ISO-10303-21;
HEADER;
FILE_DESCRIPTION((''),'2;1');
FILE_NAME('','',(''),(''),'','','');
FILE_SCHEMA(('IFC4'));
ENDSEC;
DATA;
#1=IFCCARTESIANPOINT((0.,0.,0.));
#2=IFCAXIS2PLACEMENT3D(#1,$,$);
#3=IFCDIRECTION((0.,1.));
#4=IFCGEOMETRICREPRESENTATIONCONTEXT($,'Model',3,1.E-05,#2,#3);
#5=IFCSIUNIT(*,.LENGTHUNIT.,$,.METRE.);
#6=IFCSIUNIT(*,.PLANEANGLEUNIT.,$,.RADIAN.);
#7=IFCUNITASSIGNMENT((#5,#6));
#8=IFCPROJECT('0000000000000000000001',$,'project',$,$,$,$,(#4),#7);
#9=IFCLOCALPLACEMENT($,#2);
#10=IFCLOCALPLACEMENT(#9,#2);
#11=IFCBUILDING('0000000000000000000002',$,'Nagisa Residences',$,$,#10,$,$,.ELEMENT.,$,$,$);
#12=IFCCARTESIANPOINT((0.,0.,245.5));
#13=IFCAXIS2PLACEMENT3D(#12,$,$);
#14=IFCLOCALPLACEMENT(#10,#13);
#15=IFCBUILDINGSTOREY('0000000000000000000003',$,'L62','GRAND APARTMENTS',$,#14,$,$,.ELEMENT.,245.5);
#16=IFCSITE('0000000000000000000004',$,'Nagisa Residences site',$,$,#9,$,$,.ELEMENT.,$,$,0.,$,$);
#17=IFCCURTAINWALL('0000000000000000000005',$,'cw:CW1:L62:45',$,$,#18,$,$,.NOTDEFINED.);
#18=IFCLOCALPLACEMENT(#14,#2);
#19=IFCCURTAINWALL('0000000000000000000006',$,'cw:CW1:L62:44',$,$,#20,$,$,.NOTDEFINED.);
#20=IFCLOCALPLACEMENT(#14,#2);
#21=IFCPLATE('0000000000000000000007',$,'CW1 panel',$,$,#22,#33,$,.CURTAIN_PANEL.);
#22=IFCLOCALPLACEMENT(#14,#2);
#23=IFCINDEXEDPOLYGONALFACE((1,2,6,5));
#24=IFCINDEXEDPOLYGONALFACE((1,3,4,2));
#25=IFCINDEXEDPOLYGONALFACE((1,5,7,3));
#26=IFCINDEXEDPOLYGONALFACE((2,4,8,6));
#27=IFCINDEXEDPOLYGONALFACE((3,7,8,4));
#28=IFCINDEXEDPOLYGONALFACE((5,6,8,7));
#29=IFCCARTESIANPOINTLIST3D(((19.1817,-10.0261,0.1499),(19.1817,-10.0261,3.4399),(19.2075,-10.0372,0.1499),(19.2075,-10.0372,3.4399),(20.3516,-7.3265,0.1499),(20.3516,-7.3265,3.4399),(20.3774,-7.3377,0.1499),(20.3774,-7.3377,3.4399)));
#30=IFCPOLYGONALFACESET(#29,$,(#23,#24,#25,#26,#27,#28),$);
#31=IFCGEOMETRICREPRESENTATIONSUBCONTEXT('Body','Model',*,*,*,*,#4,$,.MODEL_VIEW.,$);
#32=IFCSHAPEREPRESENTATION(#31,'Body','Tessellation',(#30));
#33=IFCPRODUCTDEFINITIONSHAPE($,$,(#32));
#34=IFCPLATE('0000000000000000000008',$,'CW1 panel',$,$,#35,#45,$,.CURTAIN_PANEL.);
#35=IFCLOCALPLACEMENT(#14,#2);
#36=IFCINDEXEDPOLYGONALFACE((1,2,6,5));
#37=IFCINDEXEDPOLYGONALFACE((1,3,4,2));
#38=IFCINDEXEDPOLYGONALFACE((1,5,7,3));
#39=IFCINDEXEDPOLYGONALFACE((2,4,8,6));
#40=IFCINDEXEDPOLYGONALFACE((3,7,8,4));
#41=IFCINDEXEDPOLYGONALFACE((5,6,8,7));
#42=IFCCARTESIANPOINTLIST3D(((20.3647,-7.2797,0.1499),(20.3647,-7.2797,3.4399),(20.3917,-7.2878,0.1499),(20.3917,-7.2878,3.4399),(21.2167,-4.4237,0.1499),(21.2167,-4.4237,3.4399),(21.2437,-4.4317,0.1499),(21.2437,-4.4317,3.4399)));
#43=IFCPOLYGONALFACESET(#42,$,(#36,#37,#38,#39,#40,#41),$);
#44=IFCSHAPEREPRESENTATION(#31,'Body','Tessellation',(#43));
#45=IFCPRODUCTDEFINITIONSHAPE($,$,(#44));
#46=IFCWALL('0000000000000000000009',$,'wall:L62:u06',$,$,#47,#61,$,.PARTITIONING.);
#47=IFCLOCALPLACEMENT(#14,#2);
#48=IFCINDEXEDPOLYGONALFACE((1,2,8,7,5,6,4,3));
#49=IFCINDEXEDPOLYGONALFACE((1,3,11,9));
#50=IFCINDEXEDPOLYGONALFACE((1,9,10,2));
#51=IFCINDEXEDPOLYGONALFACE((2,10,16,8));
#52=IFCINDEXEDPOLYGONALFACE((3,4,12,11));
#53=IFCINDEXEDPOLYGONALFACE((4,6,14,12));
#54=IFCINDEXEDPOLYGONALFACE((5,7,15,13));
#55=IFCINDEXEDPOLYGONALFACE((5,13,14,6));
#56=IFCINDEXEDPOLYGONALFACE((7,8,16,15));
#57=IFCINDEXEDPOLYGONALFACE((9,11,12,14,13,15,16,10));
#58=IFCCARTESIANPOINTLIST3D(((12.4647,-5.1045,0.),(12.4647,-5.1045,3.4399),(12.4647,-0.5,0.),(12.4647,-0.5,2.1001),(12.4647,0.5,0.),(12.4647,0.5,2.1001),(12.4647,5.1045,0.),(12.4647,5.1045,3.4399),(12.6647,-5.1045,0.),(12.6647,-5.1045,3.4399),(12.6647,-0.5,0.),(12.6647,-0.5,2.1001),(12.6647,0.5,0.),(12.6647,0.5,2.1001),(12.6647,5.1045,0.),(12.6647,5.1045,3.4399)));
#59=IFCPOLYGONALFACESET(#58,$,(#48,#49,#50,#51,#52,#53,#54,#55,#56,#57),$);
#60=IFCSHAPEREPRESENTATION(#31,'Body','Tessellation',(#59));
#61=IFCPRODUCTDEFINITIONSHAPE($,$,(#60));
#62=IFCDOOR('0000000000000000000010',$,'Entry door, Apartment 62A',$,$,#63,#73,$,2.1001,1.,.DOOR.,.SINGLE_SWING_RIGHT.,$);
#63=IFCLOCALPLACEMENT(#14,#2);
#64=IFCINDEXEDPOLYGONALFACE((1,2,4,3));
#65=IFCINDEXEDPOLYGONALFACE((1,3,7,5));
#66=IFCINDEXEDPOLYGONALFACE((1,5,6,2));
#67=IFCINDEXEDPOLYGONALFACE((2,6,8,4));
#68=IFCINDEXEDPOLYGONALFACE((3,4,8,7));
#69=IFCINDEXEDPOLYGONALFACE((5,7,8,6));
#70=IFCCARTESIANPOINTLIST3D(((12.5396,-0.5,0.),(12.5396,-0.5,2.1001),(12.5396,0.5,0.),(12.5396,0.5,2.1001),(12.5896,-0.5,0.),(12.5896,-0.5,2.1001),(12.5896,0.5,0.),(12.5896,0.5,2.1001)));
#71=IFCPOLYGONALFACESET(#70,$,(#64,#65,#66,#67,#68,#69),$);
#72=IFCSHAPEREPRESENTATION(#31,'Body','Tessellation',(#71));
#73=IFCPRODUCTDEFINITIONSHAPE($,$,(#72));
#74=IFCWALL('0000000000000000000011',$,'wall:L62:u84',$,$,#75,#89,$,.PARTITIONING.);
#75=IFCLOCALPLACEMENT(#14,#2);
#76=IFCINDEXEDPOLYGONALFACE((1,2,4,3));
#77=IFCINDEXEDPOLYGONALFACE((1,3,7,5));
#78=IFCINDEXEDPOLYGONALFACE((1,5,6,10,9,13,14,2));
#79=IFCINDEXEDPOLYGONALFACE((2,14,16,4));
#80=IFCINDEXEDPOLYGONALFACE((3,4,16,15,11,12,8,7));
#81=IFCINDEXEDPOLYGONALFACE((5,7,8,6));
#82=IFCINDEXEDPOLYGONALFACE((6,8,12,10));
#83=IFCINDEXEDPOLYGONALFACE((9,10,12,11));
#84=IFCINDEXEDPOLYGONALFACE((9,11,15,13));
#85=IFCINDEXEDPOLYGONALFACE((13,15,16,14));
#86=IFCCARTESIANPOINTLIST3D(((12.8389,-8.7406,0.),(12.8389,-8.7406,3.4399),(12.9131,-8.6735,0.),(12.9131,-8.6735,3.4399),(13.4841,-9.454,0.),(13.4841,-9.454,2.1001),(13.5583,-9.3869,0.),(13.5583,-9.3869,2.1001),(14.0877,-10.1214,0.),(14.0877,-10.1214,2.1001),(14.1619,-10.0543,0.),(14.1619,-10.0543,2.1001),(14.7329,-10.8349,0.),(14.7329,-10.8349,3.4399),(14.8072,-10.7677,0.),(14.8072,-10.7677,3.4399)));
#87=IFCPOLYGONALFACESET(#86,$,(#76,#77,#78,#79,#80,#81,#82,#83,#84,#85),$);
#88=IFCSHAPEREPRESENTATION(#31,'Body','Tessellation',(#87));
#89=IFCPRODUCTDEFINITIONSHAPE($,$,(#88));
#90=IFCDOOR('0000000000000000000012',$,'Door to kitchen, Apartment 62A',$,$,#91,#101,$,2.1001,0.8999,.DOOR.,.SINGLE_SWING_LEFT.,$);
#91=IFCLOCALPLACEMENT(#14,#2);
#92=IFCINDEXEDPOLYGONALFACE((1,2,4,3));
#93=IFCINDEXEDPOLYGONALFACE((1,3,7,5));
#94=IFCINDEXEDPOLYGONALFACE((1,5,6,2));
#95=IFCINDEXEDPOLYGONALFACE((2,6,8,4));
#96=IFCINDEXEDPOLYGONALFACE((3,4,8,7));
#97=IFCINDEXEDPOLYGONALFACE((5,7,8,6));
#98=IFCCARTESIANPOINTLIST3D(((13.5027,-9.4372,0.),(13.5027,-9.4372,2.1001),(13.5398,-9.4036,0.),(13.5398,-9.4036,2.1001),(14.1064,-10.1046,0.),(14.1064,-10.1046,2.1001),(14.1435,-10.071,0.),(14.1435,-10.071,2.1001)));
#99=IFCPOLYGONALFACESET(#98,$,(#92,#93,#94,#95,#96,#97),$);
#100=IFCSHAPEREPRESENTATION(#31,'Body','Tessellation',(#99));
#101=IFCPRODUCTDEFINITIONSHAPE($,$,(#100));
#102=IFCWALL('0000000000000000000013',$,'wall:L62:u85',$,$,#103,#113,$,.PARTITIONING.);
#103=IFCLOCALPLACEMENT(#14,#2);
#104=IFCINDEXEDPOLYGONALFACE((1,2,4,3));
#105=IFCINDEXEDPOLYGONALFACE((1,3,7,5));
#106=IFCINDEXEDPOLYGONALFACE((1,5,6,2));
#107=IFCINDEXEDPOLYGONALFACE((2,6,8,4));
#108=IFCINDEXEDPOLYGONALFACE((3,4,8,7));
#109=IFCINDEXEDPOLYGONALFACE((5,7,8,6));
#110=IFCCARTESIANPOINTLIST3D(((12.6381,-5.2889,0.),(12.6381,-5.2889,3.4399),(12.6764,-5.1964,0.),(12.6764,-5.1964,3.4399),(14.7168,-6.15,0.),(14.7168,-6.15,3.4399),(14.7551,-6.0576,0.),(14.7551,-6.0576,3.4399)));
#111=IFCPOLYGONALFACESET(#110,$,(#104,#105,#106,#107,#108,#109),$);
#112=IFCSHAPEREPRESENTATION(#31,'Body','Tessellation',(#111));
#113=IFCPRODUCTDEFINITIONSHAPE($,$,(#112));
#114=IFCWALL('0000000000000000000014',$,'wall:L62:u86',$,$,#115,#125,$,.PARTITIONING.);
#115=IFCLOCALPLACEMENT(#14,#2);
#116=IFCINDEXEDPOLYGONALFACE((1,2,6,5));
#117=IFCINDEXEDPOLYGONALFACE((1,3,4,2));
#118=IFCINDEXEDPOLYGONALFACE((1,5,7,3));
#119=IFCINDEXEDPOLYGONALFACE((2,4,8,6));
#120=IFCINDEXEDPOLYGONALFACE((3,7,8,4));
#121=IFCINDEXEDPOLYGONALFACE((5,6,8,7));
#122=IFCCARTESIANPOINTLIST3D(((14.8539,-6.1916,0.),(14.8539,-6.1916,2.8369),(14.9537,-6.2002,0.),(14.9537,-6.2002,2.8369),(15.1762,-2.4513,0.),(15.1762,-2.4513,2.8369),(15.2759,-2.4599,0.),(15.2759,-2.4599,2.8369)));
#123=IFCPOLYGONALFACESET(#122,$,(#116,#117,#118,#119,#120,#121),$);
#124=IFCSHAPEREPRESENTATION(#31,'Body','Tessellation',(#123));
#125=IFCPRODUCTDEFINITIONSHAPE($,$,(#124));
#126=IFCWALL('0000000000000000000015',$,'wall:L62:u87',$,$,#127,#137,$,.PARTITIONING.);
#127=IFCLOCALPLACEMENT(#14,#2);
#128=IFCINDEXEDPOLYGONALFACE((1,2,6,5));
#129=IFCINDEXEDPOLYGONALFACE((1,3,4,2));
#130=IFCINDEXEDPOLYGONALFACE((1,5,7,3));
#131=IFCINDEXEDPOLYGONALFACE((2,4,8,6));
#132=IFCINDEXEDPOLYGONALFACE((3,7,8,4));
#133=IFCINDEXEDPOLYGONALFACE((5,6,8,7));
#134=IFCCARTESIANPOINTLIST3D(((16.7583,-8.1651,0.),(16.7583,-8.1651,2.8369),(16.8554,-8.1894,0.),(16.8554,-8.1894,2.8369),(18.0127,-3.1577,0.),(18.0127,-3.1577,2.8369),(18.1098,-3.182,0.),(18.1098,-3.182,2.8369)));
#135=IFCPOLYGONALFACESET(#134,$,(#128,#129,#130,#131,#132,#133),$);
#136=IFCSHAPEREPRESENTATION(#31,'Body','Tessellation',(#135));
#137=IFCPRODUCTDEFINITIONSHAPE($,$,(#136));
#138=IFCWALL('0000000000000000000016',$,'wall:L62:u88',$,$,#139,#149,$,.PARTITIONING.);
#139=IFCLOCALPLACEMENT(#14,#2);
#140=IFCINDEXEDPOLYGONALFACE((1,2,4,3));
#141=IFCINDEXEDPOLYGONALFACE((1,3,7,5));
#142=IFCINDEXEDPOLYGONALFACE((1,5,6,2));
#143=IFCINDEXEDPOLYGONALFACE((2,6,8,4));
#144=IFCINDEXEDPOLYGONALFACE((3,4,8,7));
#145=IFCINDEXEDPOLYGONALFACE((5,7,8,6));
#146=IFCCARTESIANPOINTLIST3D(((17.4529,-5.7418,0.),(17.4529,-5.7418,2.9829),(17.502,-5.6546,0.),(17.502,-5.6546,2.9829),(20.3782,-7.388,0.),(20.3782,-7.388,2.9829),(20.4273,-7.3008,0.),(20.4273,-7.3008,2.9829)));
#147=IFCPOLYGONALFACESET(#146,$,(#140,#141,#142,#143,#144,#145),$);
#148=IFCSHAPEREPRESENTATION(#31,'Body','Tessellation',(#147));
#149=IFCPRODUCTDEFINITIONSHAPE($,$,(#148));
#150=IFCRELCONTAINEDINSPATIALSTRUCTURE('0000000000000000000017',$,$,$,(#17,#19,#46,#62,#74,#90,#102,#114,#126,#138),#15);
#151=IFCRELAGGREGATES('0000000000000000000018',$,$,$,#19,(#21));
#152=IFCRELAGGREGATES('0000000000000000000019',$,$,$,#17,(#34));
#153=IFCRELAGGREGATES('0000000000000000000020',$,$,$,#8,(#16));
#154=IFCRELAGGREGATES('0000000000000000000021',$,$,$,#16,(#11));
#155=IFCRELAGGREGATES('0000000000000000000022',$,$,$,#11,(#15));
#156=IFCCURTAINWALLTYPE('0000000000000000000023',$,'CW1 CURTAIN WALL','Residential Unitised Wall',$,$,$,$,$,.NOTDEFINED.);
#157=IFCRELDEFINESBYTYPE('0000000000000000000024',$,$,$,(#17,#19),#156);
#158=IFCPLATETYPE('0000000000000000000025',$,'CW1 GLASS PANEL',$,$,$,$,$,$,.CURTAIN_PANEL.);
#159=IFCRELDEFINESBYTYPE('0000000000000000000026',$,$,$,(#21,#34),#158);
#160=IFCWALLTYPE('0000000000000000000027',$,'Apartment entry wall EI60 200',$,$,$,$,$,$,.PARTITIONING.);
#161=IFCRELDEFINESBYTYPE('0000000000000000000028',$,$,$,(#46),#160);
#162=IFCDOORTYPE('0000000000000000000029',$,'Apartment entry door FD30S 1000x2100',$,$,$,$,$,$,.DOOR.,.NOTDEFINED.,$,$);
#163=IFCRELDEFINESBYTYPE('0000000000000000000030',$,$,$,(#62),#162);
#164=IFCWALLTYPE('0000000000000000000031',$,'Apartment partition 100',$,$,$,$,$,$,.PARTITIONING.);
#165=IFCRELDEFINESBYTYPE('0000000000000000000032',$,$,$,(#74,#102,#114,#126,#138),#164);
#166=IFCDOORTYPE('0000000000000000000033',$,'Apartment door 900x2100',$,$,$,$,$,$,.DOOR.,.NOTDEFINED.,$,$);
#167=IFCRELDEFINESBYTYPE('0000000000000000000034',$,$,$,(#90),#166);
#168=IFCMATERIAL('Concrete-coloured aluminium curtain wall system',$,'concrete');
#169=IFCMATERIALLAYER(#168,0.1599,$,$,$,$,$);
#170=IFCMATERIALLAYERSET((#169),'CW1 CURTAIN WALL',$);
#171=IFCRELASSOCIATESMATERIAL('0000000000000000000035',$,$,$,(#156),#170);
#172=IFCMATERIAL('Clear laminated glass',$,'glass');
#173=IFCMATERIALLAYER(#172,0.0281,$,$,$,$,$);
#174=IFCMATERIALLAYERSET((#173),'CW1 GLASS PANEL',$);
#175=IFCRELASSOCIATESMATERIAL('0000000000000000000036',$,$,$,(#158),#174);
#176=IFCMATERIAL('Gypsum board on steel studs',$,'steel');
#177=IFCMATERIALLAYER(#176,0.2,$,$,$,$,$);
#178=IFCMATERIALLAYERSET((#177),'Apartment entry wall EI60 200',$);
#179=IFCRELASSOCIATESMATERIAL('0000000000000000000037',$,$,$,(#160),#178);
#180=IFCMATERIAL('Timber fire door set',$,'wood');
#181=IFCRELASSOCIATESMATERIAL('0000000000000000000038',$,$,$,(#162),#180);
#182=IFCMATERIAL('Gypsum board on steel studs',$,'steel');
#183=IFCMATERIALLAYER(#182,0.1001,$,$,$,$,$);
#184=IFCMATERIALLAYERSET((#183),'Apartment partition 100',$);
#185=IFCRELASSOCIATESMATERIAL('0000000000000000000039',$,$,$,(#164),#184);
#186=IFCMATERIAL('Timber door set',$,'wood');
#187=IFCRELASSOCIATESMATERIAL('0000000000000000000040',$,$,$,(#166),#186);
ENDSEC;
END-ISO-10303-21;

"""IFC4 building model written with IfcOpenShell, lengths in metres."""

from ifc_helpers import new_model, si_unit, direction, frame, frame_2d, origin, origin_2d, place, context, subcontext, project, spatial, rectangle, extrude, material, layer, layer_set, type_object, element, fill, aggregate, save


model = new_model("IFC4")

# Units and contexts
model_context = context("Model", 3, precision=1e-05, world=origin(), true_north=direction((0.0, 1.0)))
body_context = subcontext(model_context, "Body", "Model", "MODEL_VIEW")
ifc_project = project(units=[si_unit("LENGTHUNIT", "METRE"), si_unit("PLANEANGLEUNIT", "RADIAN")], contexts=[model_context])

# Site, building, storey
site_placement = place(None, origin())
site = spatial("IfcSite", under=ifc_project, at=site_placement, Name="Nagisa Residences site", CompositionType="ELEMENT", RefElevation=0.0)
building_placement = place(site_placement, origin())
building = spatial("IfcBuilding", under=site, at=building_placement, Name="Nagisa Residences", CompositionType="ELEMENT")
storey_placement = place(building_placement, frame((0.0, 0.0, 245.5)))
storey = spatial("IfcBuildingStorey", under=building, at=storey_placement, Name="L62", Description="GRAND APARTMENTS", CompositionType="ELEMENT", Elevation=245.5)

# Curtain wall
ifc_material_1 = material(Name="Concrete-coloured aluminium curtain wall system", Category="concrete")
ifc_layer_1 = layer(ifc_material_1, 0.1599)
ifc_layer_set_1 = layer_set([ifc_layer_1], Name="CW1 CURTAIN WALL")
curtain_wall_type = type_object("IfcCurtainWallType", Name="CW1 CURTAIN WALL", Description="Residential Unitised Wall", PredefinedType="NOTDEFINED", material=ifc_layer_set_1)
curtain_wall_1_placement = place(storey_placement, origin())
curtain_wall_1 = element("IfcCurtainWall", 1, at=curtain_wall_1_placement, inside=storey, type_object=curtain_wall_type, Name="cw:CW1:L62:45", PredefinedType="NOTDEFINED")

# Curtain wall, plate
curtain_wall_2_placement = place(storey_placement, origin())
curtain_wall_2 = element("IfcCurtainWall", 2, at=curtain_wall_2_placement, inside=storey, type_object=curtain_wall_type, Name="cw:CW1:L62:44", PredefinedType="NOTDEFINED")
ifc_material_2 = material(Name="Clear laminated glass", Category="glass")
ifc_layer_2 = layer(ifc_material_2, 0.0281)
ifc_layer_set_2 = layer_set([ifc_layer_2], Name="CW1 GLASS PANEL")
plate_type = type_object("IfcPlateType", Name="CW1 GLASS PANEL", PredefinedType="CURTAIN_PANEL", material=ifc_layer_set_2)
plate_1_placement = place(storey_placement, frame((19.7795, -8.6819, 0.1499), z_axis=(0.0, 0.0, 1.0), x_axis=(0.397636, 0.917543, 0.0)))
plate_1 = element("IfcPlate", 3, at=plate_1_placement, type_object=plate_type, Name="CW1 panel", PredefinedType="CURTAIN_PANEL", context=body_context, shape_type="SweptSolid", body=[
    extrude(rectangle(XDim=2.9421, YDim=0.0281, at=origin_2d()), origin(), (0.0, 0.0, 1.0), 3.29),
])
aggregate(curtain_wall_2, [plate_1])

# Plate
plate_2_placement = place(storey_placement, frame((20.8042, -5.8557, 0.1499), z_axis=(0.0, 0.0, 1.0), x_axis=(0.28586, 0.958271, 0.0)))
plate_2 = element("IfcPlate", 4, at=plate_2_placement, type_object=plate_type, Name="CW1 panel", PredefinedType="CURTAIN_PANEL", context=body_context, shape_type="SweptSolid", body=[
    extrude(rectangle(XDim=2.9805, YDim=0.0281, at=origin_2d()), origin(), (0.0, 0.0, 1.0), 3.29),
])
aggregate(curtain_wall_1, [plate_2])

# Walls, openings, doors
ifc_material_3 = material(Name="Gypsum board on steel studs", Category="steel")
ifc_layer_3 = layer(ifc_material_3, 0.2)
ifc_layer_set_3 = layer_set([ifc_layer_3], Name="Apartment entry wall EI60 200")
wall_type_1 = type_object("IfcWallType", Name="Apartment entry wall EI60 200", PredefinedType="PARTITIONING", material=ifc_layer_set_3)
wall_1_placement = place(storey_placement, frame((12.5647, -5.1045, 0.0), z_axis=(0.0, 0.0, 1.0), x_axis=(0.0, 1.0, 0.0)))
wall_1 = element("IfcWall", 5, at=wall_1_placement, inside=storey, type_object=wall_type_1, Name="wall:L62:u06", PredefinedType="PARTITIONING", context=body_context, shape_type="SweptSolid", body=[
    extrude(rectangle(XDim=10.209, YDim=0.2, at=frame_2d((5.1045, 0.0))), origin(), (0.0, 0.0, 1.0), 3.4399),
])
opening_1_placement = place(wall_1_placement, frame((4.6045, 0.0, 0.0)))
opening_1 = element("IfcOpeningElement", 6, at=opening_1_placement, cuts=wall_1, PredefinedType="OPENING", context=body_context, shape_type="SweptSolid", body=[
    extrude(rectangle(XDim=1.0, YDim=2.1001, at=frame_2d((0.5, 1.05))), frame((0.0, 0.1099, 0.0), z_axis=(0.0, -1.0, 0.0), x_axis=(1.0, 0.0, 0.0)), (0.0, 0.0, 1.0), 0.22),
])
ifc_material_4 = material(Name="Timber fire door set", Category="wood")
door_type_1 = type_object("IfcDoorType", Name="Apartment entry door FD30S 1000x2100", OperationType="NOTDEFINED", PredefinedType="DOOR", material=ifc_material_4)
door_1_placement = place(opening_1_placement, frame((1.0, 0.0, 0.0), x_axis=(-1.0, 0.0, 0.0)))
door_1 = element("IfcDoor", 7, at=door_1_placement, inside=storey, type_object=door_type_1, Name="Entry door, Apartment 62A", OperationType="SINGLE_SWING_RIGHT", OverallHeight=2.1001, OverallWidth=1.0, PredefinedType="DOOR", context=body_context, shape_type="SweptSolid", body=[
    extrude(rectangle(XDim=1.0, YDim=2.1001, at=frame_2d((0.5, 1.05))), frame((0.0, 0.0249, 0.0), z_axis=(0.0, -1.0, 0.0), x_axis=(1.0, 0.0, 0.0)), (0.0, 0.0, 1.0), 0.05),
])
fill(opening_1, door_1)
ifc_material_5 = material(Name="Gypsum board on steel studs", Category="steel")
ifc_layer_4 = layer(ifc_material_5, 0.1001)
ifc_layer_set_4 = layer_set([ifc_layer_4], Name="Apartment partition 100")
wall_type_2 = type_object("IfcWallType", Name="Apartment partition 100", PredefinedType="PARTITIONING", material=ifc_layer_set_4)
wall_2_placement = place(storey_placement, frame((12.876, -8.707, 0.0), z_axis=(0.0, 0.0, 1.0), x_axis=(0.670768, -0.741667, 0.0)))
wall_2 = element("IfcWall", 8, at=wall_2_placement, inside=storey, type_object=wall_type_2, Name="wall:L62:u84", PredefinedType="PARTITIONING", context=body_context, shape_type="SweptSolid", body=[
    extrude(rectangle(XDim=2.8237, YDim=0.1001, at=frame_2d((1.4119, 0.0))), origin(), (0.0, 0.0, 1.0), 3.4399),
])
opening_2_placement = place(wall_2_placement, frame((0.9619, 0.0, 0.0)))
opening_2 = element("IfcOpeningElement", 9, at=opening_2_placement, cuts=wall_2, PredefinedType="OPENING", context=body_context, shape_type="SweptSolid", body=[
    extrude(rectangle(XDim=0.8999, YDim=2.1001, at=frame_2d((0.45, 1.05))), frame((0.0, 0.0601, 0.0), z_axis=(0.0, -1.0, 0.0), x_axis=(1.0, 0.0, 0.0)), (0.0, 0.0, 1.0), 0.1201),
])
ifc_material_6 = material(Name="Timber door set", Category="wood")
door_type_2 = type_object("IfcDoorType", Name="Apartment door 900x2100", OperationType="NOTDEFINED", PredefinedType="DOOR", material=ifc_material_6)
door_2_placement = place(opening_2_placement, frame((0.8999, 0.0, 0.0), x_axis=(-1.0, 0.0, 0.0)))
door_2 = element("IfcDoor", 10, at=door_2_placement, inside=storey, type_object=door_type_2, Name="Door to kitchen, Apartment 62A", OperationType="SINGLE_SWING_LEFT", OverallHeight=2.1001, OverallWidth=0.8999, PredefinedType="DOOR", context=body_context, shape_type="SweptSolid", body=[
    extrude(rectangle(XDim=0.8999, YDim=2.1001, at=frame_2d((0.45, 1.05))), frame((0.0, 0.0249, 0.0), z_axis=(0.0, -1.0, 0.0), x_axis=(1.0, 0.0, 0.0)), (0.0, 0.0, 1.0), 0.05),
])
fill(opening_2, door_2)

# Walls
wall_3_placement = place(storey_placement, frame((12.6572, -5.2427, 0.0), z_axis=(0.0, 0.0, 1.0), x_axis=(0.923865, -0.382719, 0.0)))
element("IfcWall", 11, at=wall_3_placement, inside=storey, type_object=wall_type_2, Name="wall:L62:u85", PredefinedType="PARTITIONING", context=body_context, shape_type="SweptSolid", body=[
    extrude(rectangle(XDim=2.25, YDim=0.1001, at=frame_2d((1.125, 0.0))), origin(), (0.0, 0.0, 1.0), 3.4399),
])
wall_4_placement = place(storey_placement, frame((14.9038, -6.1958, 0.0), z_axis=(0.0, 0.0, 1.0), x_axis=(0.085844, 0.996309, 0.0)))
element("IfcWall", 12, at=wall_4_placement, inside=storey, type_object=wall_type_2, Name="wall:L62:u86", PredefinedType="PARTITIONING", context=body_context, shape_type="SweptSolid", body=[
    extrude(rectangle(XDim=3.7542, YDim=0.1001, at=frame_2d((1.877, 0.0))), origin(), (0.0, 0.0, 1.0), 2.8369),
])
wall_5_placement = place(storey_placement, frame((16.8069, -8.1772, 0.0), z_axis=(0.0, 0.0, 1.0), x_axis=(0.243003, 0.970026, 0.0)))
element("IfcWall", 13, at=wall_5_placement, inside=storey, type_object=wall_type_2, Name="wall:L62:u87", PredefinedType="PARTITIONING", context=body_context, shape_type="SweptSolid", body=[
    extrude(rectangle(XDim=5.1621, YDim=0.1001, at=frame_2d((2.5811, 0.0))), origin(), (0.0, 0.0, 1.0), 2.8369),
])
wall_6_placement = place(storey_placement, frame((17.4775, -5.6982, 0.0), z_axis=(0.0, 0.0, 1.0), x_axis=(0.871478, -0.490434, 0.0)))
element("IfcWall", 14, at=wall_6_placement, inside=storey, type_object=wall_type_2, Name="wall:L62:u88", PredefinedType="PARTITIONING", context=body_context, shape_type="SweptSolid", body=[
    extrude(rectangle(XDim=3.3567, YDim=0.1001, at=frame_2d((1.6782, 0.0))), origin(), (0.0, 0.0, 1.0), 2.9829),
])

save(model, "model.ifc")
